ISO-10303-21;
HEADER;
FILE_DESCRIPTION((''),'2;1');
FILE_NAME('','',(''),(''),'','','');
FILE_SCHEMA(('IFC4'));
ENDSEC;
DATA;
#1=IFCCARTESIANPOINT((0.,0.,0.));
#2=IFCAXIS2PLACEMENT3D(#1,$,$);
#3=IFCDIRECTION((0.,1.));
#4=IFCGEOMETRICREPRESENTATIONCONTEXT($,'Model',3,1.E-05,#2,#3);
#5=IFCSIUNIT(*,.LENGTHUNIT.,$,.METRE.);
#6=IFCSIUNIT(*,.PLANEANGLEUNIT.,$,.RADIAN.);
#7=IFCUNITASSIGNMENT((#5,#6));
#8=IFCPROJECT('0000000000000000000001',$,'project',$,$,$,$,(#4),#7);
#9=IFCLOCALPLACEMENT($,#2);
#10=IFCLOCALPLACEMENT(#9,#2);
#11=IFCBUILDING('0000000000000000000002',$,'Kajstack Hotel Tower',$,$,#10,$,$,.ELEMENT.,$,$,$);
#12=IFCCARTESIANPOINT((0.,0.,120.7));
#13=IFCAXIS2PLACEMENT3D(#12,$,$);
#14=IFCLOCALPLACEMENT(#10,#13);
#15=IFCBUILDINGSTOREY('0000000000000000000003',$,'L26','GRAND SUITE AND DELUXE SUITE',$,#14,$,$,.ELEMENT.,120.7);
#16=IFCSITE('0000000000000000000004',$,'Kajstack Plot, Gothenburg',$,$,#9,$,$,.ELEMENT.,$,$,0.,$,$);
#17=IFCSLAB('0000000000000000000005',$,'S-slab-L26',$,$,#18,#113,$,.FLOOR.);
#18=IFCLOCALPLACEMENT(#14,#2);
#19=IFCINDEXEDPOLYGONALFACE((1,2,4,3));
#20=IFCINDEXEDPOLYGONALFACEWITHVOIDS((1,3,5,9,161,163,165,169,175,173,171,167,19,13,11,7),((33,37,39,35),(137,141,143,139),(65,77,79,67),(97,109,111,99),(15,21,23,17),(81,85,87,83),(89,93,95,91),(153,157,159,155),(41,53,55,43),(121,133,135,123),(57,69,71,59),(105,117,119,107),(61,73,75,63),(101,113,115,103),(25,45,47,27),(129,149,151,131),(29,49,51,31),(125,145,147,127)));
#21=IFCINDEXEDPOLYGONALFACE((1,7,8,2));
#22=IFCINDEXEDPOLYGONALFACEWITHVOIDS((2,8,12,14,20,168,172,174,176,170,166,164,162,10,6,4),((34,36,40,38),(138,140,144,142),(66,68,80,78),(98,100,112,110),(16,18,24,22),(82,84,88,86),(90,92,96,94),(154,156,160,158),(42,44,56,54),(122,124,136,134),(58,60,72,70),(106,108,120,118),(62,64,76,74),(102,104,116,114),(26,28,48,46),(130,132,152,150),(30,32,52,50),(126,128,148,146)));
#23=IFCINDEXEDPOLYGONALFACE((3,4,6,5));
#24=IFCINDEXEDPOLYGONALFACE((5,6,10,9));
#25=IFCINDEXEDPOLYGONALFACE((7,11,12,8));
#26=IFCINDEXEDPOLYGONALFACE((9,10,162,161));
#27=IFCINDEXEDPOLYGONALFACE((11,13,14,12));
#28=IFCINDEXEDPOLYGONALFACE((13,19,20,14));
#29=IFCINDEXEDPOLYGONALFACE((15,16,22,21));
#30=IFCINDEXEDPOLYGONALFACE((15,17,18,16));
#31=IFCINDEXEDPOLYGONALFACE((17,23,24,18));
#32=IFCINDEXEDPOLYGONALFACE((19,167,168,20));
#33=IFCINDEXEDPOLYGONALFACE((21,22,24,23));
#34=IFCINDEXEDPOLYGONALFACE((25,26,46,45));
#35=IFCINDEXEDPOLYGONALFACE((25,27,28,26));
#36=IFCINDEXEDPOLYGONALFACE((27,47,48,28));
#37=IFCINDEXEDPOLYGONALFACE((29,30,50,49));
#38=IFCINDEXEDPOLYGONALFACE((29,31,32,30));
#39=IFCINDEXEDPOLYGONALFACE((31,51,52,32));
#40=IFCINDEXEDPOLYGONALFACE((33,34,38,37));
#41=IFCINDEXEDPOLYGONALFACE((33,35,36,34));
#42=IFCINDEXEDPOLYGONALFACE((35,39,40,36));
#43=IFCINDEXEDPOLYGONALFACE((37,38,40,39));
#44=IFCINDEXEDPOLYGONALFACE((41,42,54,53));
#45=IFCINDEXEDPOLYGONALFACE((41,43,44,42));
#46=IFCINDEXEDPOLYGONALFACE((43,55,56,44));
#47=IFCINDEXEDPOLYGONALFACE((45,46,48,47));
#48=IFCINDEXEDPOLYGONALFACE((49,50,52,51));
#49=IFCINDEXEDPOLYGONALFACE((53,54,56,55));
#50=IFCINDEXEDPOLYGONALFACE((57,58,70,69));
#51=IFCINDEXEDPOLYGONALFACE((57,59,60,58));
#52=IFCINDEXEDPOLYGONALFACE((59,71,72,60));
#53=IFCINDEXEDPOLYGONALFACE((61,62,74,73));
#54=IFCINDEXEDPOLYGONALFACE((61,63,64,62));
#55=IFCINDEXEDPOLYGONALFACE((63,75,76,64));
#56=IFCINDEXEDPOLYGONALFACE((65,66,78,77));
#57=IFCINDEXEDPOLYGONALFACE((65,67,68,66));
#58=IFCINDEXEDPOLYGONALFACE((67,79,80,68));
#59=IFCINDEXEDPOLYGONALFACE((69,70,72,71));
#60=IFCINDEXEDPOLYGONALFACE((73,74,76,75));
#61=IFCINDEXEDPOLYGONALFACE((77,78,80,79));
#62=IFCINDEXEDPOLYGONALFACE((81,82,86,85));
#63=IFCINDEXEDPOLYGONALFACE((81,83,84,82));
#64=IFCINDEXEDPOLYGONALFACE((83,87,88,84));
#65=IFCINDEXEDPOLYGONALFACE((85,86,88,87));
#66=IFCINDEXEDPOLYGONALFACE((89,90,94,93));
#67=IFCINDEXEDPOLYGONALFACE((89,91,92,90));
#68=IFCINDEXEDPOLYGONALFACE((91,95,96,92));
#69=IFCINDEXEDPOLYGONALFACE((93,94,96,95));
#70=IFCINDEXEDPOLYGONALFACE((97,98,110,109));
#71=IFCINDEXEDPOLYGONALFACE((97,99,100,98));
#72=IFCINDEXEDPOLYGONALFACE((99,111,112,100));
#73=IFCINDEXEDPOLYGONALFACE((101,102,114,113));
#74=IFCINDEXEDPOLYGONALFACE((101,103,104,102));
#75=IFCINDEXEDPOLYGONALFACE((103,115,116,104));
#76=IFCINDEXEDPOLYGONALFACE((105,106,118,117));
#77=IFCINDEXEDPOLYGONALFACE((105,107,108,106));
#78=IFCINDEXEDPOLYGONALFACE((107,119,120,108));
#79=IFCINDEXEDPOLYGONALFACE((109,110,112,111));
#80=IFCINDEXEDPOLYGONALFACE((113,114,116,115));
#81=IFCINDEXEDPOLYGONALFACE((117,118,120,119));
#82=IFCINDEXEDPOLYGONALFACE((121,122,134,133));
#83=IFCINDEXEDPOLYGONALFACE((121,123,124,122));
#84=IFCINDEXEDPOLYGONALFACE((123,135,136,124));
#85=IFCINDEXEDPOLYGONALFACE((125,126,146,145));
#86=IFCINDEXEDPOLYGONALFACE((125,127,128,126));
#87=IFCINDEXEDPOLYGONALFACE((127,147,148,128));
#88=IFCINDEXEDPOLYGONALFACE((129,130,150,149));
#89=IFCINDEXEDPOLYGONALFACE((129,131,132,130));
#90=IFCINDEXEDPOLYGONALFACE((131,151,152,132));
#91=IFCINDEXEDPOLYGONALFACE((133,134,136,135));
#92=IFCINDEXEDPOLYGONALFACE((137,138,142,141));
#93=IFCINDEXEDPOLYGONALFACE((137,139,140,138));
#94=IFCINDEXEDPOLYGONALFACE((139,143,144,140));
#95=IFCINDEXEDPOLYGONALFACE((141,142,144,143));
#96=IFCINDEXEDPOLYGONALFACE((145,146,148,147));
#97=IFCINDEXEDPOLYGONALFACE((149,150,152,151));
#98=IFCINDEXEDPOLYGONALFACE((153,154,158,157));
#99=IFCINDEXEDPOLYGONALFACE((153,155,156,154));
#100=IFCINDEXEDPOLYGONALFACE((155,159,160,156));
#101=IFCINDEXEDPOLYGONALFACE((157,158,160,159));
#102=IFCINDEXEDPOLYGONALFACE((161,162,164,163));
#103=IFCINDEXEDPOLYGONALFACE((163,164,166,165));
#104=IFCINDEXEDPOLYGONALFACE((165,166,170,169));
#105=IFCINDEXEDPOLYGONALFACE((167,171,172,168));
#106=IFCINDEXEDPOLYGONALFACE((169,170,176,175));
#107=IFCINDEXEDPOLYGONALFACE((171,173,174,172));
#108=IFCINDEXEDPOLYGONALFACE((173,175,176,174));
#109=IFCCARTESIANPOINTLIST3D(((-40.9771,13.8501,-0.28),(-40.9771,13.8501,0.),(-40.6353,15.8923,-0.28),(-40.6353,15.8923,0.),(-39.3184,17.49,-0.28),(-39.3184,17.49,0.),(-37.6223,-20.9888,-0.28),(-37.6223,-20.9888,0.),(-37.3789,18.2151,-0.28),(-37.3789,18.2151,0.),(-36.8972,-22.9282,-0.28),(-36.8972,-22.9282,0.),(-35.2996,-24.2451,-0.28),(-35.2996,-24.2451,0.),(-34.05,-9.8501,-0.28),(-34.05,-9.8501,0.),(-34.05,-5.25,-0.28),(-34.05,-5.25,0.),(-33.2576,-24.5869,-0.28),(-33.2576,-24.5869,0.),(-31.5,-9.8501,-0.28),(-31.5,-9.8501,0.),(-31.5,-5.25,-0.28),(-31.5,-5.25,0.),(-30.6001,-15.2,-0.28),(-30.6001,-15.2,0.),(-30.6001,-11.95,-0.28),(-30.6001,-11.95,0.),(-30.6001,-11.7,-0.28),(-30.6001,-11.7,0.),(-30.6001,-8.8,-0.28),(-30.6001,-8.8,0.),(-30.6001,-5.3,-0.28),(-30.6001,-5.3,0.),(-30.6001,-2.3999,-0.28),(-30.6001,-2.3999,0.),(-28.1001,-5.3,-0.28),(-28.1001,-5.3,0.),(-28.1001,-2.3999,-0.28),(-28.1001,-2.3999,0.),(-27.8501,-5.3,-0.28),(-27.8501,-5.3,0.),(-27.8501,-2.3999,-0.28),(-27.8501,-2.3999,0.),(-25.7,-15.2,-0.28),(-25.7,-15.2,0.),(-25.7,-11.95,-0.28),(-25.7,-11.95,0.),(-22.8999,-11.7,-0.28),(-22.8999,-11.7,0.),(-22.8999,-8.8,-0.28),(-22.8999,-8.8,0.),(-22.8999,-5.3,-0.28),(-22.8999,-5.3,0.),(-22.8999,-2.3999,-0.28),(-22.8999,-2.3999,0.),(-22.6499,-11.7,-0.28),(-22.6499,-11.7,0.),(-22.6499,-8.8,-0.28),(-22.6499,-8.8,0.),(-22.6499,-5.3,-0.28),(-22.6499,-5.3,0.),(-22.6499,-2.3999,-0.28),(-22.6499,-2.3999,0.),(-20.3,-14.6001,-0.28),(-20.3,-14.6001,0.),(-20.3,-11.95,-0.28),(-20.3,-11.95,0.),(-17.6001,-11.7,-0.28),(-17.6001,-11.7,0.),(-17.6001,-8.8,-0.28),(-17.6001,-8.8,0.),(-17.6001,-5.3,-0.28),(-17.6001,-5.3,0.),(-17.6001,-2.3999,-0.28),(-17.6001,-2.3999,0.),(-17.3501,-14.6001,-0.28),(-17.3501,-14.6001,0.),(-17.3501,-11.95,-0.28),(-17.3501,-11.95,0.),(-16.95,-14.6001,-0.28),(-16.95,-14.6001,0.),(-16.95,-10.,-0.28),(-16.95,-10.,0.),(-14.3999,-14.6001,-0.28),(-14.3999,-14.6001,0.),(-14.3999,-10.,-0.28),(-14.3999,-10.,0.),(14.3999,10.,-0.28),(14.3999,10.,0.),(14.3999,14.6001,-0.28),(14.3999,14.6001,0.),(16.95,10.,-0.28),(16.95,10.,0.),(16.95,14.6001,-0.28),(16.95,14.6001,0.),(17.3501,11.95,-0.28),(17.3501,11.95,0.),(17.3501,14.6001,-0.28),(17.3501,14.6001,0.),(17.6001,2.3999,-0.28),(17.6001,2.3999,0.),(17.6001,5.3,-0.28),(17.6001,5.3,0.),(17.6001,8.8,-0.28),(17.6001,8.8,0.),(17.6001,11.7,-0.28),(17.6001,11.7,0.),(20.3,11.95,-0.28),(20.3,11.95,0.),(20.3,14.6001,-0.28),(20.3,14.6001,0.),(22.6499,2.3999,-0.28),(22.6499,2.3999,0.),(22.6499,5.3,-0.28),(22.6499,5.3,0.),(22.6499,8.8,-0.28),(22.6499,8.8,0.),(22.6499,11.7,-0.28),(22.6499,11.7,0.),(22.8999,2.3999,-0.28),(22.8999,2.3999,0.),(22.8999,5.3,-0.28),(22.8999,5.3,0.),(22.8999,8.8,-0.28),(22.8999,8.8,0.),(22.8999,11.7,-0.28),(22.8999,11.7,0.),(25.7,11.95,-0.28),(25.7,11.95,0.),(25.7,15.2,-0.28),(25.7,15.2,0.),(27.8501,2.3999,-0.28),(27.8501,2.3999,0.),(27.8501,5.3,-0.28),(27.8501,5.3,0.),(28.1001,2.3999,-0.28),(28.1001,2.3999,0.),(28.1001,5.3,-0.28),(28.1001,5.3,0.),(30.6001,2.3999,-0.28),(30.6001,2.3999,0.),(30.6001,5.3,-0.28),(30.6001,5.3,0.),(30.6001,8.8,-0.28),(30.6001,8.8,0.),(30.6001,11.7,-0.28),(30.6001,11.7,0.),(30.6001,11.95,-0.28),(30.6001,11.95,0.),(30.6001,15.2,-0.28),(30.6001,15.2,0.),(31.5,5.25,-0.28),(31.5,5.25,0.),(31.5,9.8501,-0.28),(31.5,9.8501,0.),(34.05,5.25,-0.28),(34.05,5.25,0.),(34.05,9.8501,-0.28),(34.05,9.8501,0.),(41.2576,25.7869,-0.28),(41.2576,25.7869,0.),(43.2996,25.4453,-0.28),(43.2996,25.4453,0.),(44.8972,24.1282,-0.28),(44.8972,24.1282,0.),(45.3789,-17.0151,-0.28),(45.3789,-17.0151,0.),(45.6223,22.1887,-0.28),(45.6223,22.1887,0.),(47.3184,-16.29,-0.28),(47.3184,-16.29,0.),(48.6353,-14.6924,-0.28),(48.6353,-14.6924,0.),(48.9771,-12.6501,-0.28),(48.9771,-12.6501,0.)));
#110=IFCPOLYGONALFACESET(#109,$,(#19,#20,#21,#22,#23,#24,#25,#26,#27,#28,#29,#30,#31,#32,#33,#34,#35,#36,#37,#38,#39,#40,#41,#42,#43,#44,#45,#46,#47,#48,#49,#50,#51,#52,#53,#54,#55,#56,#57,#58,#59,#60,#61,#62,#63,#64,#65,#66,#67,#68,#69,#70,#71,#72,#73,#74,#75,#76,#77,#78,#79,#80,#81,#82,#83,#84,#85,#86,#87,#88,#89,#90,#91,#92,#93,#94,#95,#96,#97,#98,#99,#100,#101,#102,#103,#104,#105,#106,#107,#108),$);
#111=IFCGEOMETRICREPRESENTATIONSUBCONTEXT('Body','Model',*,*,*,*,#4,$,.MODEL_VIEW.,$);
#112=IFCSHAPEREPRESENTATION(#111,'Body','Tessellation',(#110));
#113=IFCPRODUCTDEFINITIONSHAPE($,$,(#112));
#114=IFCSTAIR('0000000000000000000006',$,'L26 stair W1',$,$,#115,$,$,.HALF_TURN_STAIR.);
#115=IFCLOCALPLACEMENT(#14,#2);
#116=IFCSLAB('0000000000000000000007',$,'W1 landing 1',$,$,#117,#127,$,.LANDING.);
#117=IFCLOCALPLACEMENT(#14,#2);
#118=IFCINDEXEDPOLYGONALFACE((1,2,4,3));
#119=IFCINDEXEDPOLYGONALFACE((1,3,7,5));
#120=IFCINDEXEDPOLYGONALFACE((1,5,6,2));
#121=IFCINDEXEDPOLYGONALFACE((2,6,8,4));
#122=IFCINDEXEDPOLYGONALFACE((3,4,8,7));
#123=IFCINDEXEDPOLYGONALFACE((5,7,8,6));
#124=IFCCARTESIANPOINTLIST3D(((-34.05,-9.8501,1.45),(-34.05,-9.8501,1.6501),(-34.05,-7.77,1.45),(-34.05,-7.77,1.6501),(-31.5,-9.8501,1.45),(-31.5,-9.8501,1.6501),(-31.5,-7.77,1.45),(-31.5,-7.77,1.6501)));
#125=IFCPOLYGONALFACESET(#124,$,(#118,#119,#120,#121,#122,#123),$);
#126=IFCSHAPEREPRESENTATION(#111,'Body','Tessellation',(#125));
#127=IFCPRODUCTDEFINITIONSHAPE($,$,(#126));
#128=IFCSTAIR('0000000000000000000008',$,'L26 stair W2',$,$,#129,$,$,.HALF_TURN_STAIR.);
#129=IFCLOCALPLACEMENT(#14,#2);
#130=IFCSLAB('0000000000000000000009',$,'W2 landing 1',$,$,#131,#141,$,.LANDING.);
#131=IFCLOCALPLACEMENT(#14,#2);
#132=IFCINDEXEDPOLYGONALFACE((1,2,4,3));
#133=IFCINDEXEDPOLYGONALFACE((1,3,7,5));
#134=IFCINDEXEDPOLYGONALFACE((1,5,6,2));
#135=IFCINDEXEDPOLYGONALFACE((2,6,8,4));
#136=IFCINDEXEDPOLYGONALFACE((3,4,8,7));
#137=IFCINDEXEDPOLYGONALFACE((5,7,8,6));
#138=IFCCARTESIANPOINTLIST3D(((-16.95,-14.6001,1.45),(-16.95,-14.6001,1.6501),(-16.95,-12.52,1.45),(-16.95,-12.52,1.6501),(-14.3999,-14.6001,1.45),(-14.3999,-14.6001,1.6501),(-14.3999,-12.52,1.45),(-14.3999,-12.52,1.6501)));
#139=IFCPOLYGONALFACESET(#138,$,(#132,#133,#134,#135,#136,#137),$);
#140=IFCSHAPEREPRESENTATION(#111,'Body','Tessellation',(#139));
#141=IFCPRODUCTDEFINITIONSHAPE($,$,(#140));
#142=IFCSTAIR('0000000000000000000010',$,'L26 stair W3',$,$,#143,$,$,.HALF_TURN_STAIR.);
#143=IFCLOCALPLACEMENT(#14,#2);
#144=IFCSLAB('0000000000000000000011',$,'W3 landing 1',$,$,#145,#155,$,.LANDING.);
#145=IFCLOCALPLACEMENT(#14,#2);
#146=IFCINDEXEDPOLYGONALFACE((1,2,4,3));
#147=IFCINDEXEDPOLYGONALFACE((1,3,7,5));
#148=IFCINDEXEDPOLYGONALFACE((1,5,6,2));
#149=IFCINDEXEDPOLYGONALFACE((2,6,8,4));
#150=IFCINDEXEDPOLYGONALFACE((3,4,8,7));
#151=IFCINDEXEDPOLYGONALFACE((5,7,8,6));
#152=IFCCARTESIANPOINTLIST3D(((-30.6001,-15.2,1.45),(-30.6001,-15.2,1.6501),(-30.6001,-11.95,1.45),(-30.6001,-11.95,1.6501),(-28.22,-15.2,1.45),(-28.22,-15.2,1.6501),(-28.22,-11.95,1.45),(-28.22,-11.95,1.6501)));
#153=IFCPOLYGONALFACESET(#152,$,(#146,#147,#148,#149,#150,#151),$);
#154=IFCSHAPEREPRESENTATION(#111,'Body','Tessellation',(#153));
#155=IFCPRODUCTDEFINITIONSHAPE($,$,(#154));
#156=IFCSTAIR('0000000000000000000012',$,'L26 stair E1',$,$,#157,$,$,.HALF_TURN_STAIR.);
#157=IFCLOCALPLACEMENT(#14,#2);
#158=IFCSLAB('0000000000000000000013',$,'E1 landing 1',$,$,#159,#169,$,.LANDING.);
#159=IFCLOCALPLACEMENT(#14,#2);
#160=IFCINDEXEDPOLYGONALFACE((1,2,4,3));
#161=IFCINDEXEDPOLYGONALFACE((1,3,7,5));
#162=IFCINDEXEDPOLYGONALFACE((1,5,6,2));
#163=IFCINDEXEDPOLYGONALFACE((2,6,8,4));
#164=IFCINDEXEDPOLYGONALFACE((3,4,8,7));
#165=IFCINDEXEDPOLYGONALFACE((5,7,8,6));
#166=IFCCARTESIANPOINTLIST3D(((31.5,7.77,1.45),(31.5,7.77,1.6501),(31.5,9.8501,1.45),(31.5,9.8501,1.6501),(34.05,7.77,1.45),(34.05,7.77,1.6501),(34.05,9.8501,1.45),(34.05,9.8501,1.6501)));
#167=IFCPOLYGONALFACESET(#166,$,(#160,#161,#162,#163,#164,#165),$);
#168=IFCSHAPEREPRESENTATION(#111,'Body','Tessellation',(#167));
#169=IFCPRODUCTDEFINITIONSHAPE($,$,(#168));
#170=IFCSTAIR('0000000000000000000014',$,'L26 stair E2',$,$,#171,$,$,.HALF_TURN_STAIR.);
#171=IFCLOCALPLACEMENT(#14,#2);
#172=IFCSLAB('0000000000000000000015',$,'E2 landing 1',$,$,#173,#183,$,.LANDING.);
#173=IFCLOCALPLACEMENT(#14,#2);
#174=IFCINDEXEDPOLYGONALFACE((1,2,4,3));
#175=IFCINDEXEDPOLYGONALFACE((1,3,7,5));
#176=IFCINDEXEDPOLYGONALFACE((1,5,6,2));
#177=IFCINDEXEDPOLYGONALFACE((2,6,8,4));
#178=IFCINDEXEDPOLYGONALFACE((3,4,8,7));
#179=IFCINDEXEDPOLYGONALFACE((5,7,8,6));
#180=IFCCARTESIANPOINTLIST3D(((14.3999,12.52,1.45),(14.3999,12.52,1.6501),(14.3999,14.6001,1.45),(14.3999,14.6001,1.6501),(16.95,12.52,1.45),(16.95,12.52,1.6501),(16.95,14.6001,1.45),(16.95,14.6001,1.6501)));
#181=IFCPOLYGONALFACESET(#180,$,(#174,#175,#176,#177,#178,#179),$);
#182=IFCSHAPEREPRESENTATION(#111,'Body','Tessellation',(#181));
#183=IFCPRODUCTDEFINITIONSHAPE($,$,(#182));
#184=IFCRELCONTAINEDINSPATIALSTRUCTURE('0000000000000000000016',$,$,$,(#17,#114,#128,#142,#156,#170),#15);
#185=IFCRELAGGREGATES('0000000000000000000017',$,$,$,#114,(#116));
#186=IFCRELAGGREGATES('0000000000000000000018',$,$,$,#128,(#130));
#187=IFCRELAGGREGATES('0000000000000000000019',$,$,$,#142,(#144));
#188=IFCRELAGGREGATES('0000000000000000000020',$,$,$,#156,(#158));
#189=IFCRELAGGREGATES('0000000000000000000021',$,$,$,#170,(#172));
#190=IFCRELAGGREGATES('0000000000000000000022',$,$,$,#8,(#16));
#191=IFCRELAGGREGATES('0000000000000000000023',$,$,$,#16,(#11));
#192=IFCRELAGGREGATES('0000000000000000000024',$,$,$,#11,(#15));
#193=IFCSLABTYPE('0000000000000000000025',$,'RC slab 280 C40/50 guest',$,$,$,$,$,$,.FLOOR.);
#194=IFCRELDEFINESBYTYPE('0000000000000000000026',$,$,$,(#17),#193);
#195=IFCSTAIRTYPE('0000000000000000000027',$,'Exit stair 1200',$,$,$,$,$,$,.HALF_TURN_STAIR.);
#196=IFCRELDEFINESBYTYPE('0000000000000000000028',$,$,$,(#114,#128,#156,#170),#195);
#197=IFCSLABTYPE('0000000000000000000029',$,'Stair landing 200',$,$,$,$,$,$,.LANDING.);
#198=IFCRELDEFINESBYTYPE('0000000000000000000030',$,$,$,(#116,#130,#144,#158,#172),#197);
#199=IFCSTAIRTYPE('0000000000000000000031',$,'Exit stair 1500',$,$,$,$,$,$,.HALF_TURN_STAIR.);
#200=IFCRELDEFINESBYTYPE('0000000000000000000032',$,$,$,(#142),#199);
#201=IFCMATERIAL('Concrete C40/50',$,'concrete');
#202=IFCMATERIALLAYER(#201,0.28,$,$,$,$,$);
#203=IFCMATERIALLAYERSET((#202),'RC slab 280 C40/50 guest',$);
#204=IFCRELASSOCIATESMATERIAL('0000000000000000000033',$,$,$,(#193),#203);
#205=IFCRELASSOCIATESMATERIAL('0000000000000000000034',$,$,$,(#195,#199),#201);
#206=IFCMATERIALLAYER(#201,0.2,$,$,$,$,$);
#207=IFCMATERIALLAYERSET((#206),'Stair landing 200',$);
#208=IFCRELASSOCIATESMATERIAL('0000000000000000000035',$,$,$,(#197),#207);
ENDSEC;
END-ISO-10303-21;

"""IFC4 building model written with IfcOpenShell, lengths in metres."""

from ifc_helpers import new_model, si_unit, direction, frame, origin, place, context, subcontext, project, spatial, polyline, outline, extrude, material, layer, layer_set, type_object, element, aggregate, save


model = new_model("IFC4")

# Units and contexts
model_context = context("Model", 3, precision=1e-05, world=origin(), true_north=direction((0.0, 1.0)))
body_context = subcontext(model_context, "Body", "Model", "MODEL_VIEW")
ifc_project = project(units=[si_unit("LENGTHUNIT", "METRE"), si_unit("PLANEANGLEUNIT", "RADIAN")], contexts=[model_context])

# Site, building, storey
site_placement = place(None, origin())
site = spatial("IfcSite", under=ifc_project, at=site_placement, Name="Kajstack Plot, Gothenburg", CompositionType="ELEMENT", RefElevation=0.0)
building_placement = place(site_placement, origin())
building = spatial("IfcBuilding", under=site, at=building_placement, Name="Kajstack Hotel Tower", CompositionType="ELEMENT")
storey_placement = place(building_placement, frame((0.0, 0.0, 120.7)))
storey = spatial("IfcBuildingStorey", under=building, at=storey_placement, Name="L26", Description="GRAND SUITE AND DELUXE SUITE", CompositionType="ELEMENT", Elevation=120.7)

# Slab
ifc_material_1 = material(Name="Concrete C40/50", Category="concrete")
ifc_layer_1 = layer(ifc_material_1, 0.28)
ifc_layer_set_1 = layer_set([ifc_layer_1], Name="RC slab 280 C40/50 guest")
slab_type_1 = type_object("IfcSlabType", Name="RC slab 280 C40/50 guest", PredefinedType="FLOOR", material=ifc_layer_set_1)
slab_1_placement = place(storey_placement, frame((0.0, 0.0, -0.28)))
element("IfcSlab", 1, at=slab_1_placement, inside=storey, type_object=slab_type_1, Name="S-slab-L26", PredefinedType="FLOOR", context=body_context, shape_type="SweptSolid", body=[
    extrude(outline(polyline([(-40.9771, 13.8501), (-37.6223, -20.9888), (-36.8972, -22.9282), (-35.2996, -24.2451), (-33.2576, -24.5869), (45.3789, -17.0151), (47.3184, -16.29), (48.6353, -14.6924), (48.9771, -12.6501), (45.6223, 22.1887), (44.8972, 24.1282), (43.2996, 25.4453), (41.2576, 25.7869), (-37.3789, 18.2151), (-39.3184, 17.49), (-40.6353, 15.8923), (-40.9771, 13.8501)]), holes=[polyline([(-30.6001, -11.7), (-30.6001, -8.8), (-22.8999, -8.8), (-22.8999, -11.7), (-30.6001, -11.7)]), polyline([(-22.6499, -11.7), (-22.6499, -8.8), (-17.6001, -8.8), (-17.6001, -11.7), (-22.6499, -11.7)]), polyline([(-27.8501, -5.3), (-27.8501, -2.3999), (-22.8999, -2.3999), (-22.8999, -5.3), (-27.8501, -5.3)]), polyline([(-22.6499, -5.3), (-22.6499, -2.3999), (-17.6001, -2.3999), (-17.6001, -5.3), (-22.6499, -5.3)]), polyline([(-20.3, -14.6001), (-17.3501, -14.6001), (-17.3501, -11.95), (-20.3, -11.95), (-20.3, -14.6001)]), polyline([(-30.6001, -5.3), (-28.1001, -5.3), (-28.1001, -2.3999), (-30.6001, -2.3999), (-30.6001, -5.3)]), polyline([(22.8999, 8.8), (22.8999, 11.7), (30.6001, 11.7), (30.6001, 8.8), (22.8999, 8.8)]), polyline([(17.6001, 8.8), (17.6001, 11.7), (22.6499, 11.7), (22.6499, 8.8), (17.6001, 8.8)]), polyline([(22.8999, 2.3999), (22.8999, 5.3), (27.8501, 5.3), (27.8501, 2.3999), (22.8999, 2.3999)]), polyline([(17.6001, 2.3999), (17.6001, 5.3), (22.6499, 5.3), (22.6499, 2.3999), (17.6001, 2.3999)]), polyline([(20.3, 14.6001), (17.3501, 14.6001), (17.3501, 11.95), (20.3, 11.95), (20.3, 14.6001)]), polyline([(30.6001, 5.3), (28.1001, 5.3), (28.1001, 2.3999), (30.6001, 2.3999), (30.6001, 5.3)]), polyline([(-34.05, -9.8501), (-31.5, -9.8501), (-31.5, -5.25), (-34.05, -5.25), (-34.05, -9.8501)]), polyline([(-16.95, -14.6001), (-14.3999, -14.6001), (-14.3999, -10.0), (-16.95, -10.0), (-16.95, -14.6001)]), polyline([(-30.6001, -15.2), (-25.7, -15.2), (-25.7, -11.95), (-30.6001, -11.95), (-30.6001, -15.2)]), polyline([(34.05, 9.8501), (31.5, 9.8501), (31.5, 5.25), (34.05, 5.25), (34.05, 9.8501)]), polyline([(16.95, 14.6001), (14.3999, 14.6001), (14.3999, 10.0), (16.95, 10.0), (16.95, 14.6001)]), polyline([(30.6001, 15.2), (25.7, 15.2), (25.7, 11.95), (30.6001, 11.95), (30.6001, 15.2)])]), origin(), (0.0, 0.0, 1.0), 0.28),
])

# Stairs, slabs
stair_type_1 = type_object("IfcStairType", Name="Exit stair 1200", PredefinedType="HALF_TURN_STAIR", material=ifc_material_1)
stair_1_placement = place(storey_placement, origin())
stair_1 = element("IfcStair", 2, at=stair_1_placement, inside=storey, type_object=stair_type_1, Name="L26 stair W1", PredefinedType="HALF_TURN_STAIR")
ifc_layer_2 = layer(ifc_material_1, 0.2)
ifc_layer_set_2 = layer_set([ifc_layer_2], Name="Stair landing 200")
slab_type_2 = type_object("IfcSlabType", Name="Stair landing 200", PredefinedType="LANDING", material=ifc_layer_set_2)
slab_2_placement = place(storey_placement, frame((0.0, 0.0, 1.45)))
slab_2 = element("IfcSlab", 3, at=slab_2_placement, type_object=slab_type_2, Name="W1 landing 1", PredefinedType="LANDING", context=body_context, shape_type="SweptSolid", body=[
    extrude(outline(polyline([(-34.05, -7.77), (-34.05, -9.8501), (-31.5, -9.8501), (-31.5, -7.77), (-34.05, -7.77)])), origin(), (0.0, 0.0, 1.0), 0.2002),
])
aggregate(stair_1, [slab_2])
stair_2_placement = place(storey_placement, origin())
stair_2 = element("IfcStair", 4, at=stair_2_placement, inside=storey, type_object=stair_type_1, Name="L26 stair W2", PredefinedType="HALF_TURN_STAIR")
slab_3_placement = place(storey_placement, frame((0.0, 0.0, 1.45)))
slab_3 = element("IfcSlab", 5, at=slab_3_placement, type_object=slab_type_2, Name="W2 landing 1", PredefinedType="LANDING", context=body_context, shape_type="SweptSolid", body=[
    extrude(outline(polyline([(-16.95, -12.52), (-16.95, -14.6001), (-14.3999, -14.6001), (-14.3999, -12.52), (-16.95, -12.52)])), origin(), (0.0, 0.0, 1.0), 0.2002),
])
aggregate(stair_2, [slab_3])
stair_type_2 = type_object("IfcStairType", Name="Exit stair 1500", PredefinedType="HALF_TURN_STAIR", material=ifc_material_1)
stair_3_placement = place(storey_placement, origin())
stair_3 = element("IfcStair", 6, at=stair_3_placement, inside=storey, type_object=stair_type_2, Name="L26 stair W3", PredefinedType="HALF_TURN_STAIR")
slab_4_placement = place(storey_placement, frame((0.0, 0.0, 1.45)))
slab_4 = element("IfcSlab", 7, at=slab_4_placement, type_object=slab_type_2, Name="W3 landing 1", PredefinedType="LANDING", context=body_context, shape_type="SweptSolid", body=[
    extrude(outline(polyline([(-28.22, -11.95), (-30.6001, -11.95), (-30.6001, -15.2), (-28.22, -15.2), (-28.22, -11.95)])), origin(), (0.0, 0.0, 1.0), 0.2002),
])
aggregate(stair_3, [slab_4])
stair_4_placement = place(storey_placement, origin())
stair_4 = element("IfcStair", 8, at=stair_4_placement, inside=storey, type_object=stair_type_1, Name="L26 stair E1", PredefinedType="HALF_TURN_STAIR")
slab_5_placement = place(storey_placement, frame((0.0, 0.0, 1.45)))
slab_5 = element("IfcSlab", 9, at=slab_5_placement, type_object=slab_type_2, Name="E1 landing 1", PredefinedType="LANDING", context=body_context, shape_type="SweptSolid", body=[
    extrude(outline(polyline([(34.05, 7.77), (34.05, 9.8501), (31.5, 9.8501), (31.5, 7.77), (34.05, 7.77)])), origin(), (0.0, 0.0, 1.0), 0.2002),
])
aggregate(stair_4, [slab_5])
stair_5_placement = place(storey_placement, origin())
stair_5 = element("IfcStair", 10, at=stair_5_placement, inside=storey, type_object=stair_type_1, Name="L26 stair E2", PredefinedType="HALF_TURN_STAIR")
slab_6_placement = place(storey_placement, frame((0.0, 0.0, 1.45)))
slab_6 = element("IfcSlab", 11, at=slab_6_placement, type_object=slab_type_2, Name="E2 landing 1", PredefinedType="LANDING", context=body_context, shape_type="SweptSolid", body=[
    extrude(outline(polyline([(16.95, 12.52), (16.95, 14.6001), (14.3999, 14.6001), (14.3999, 12.52), (16.95, 12.52)])), origin(), (0.0, 0.0, 1.0), 0.2002),
])
aggregate(stair_5, [slab_6])

save(model, "model.ifc")
